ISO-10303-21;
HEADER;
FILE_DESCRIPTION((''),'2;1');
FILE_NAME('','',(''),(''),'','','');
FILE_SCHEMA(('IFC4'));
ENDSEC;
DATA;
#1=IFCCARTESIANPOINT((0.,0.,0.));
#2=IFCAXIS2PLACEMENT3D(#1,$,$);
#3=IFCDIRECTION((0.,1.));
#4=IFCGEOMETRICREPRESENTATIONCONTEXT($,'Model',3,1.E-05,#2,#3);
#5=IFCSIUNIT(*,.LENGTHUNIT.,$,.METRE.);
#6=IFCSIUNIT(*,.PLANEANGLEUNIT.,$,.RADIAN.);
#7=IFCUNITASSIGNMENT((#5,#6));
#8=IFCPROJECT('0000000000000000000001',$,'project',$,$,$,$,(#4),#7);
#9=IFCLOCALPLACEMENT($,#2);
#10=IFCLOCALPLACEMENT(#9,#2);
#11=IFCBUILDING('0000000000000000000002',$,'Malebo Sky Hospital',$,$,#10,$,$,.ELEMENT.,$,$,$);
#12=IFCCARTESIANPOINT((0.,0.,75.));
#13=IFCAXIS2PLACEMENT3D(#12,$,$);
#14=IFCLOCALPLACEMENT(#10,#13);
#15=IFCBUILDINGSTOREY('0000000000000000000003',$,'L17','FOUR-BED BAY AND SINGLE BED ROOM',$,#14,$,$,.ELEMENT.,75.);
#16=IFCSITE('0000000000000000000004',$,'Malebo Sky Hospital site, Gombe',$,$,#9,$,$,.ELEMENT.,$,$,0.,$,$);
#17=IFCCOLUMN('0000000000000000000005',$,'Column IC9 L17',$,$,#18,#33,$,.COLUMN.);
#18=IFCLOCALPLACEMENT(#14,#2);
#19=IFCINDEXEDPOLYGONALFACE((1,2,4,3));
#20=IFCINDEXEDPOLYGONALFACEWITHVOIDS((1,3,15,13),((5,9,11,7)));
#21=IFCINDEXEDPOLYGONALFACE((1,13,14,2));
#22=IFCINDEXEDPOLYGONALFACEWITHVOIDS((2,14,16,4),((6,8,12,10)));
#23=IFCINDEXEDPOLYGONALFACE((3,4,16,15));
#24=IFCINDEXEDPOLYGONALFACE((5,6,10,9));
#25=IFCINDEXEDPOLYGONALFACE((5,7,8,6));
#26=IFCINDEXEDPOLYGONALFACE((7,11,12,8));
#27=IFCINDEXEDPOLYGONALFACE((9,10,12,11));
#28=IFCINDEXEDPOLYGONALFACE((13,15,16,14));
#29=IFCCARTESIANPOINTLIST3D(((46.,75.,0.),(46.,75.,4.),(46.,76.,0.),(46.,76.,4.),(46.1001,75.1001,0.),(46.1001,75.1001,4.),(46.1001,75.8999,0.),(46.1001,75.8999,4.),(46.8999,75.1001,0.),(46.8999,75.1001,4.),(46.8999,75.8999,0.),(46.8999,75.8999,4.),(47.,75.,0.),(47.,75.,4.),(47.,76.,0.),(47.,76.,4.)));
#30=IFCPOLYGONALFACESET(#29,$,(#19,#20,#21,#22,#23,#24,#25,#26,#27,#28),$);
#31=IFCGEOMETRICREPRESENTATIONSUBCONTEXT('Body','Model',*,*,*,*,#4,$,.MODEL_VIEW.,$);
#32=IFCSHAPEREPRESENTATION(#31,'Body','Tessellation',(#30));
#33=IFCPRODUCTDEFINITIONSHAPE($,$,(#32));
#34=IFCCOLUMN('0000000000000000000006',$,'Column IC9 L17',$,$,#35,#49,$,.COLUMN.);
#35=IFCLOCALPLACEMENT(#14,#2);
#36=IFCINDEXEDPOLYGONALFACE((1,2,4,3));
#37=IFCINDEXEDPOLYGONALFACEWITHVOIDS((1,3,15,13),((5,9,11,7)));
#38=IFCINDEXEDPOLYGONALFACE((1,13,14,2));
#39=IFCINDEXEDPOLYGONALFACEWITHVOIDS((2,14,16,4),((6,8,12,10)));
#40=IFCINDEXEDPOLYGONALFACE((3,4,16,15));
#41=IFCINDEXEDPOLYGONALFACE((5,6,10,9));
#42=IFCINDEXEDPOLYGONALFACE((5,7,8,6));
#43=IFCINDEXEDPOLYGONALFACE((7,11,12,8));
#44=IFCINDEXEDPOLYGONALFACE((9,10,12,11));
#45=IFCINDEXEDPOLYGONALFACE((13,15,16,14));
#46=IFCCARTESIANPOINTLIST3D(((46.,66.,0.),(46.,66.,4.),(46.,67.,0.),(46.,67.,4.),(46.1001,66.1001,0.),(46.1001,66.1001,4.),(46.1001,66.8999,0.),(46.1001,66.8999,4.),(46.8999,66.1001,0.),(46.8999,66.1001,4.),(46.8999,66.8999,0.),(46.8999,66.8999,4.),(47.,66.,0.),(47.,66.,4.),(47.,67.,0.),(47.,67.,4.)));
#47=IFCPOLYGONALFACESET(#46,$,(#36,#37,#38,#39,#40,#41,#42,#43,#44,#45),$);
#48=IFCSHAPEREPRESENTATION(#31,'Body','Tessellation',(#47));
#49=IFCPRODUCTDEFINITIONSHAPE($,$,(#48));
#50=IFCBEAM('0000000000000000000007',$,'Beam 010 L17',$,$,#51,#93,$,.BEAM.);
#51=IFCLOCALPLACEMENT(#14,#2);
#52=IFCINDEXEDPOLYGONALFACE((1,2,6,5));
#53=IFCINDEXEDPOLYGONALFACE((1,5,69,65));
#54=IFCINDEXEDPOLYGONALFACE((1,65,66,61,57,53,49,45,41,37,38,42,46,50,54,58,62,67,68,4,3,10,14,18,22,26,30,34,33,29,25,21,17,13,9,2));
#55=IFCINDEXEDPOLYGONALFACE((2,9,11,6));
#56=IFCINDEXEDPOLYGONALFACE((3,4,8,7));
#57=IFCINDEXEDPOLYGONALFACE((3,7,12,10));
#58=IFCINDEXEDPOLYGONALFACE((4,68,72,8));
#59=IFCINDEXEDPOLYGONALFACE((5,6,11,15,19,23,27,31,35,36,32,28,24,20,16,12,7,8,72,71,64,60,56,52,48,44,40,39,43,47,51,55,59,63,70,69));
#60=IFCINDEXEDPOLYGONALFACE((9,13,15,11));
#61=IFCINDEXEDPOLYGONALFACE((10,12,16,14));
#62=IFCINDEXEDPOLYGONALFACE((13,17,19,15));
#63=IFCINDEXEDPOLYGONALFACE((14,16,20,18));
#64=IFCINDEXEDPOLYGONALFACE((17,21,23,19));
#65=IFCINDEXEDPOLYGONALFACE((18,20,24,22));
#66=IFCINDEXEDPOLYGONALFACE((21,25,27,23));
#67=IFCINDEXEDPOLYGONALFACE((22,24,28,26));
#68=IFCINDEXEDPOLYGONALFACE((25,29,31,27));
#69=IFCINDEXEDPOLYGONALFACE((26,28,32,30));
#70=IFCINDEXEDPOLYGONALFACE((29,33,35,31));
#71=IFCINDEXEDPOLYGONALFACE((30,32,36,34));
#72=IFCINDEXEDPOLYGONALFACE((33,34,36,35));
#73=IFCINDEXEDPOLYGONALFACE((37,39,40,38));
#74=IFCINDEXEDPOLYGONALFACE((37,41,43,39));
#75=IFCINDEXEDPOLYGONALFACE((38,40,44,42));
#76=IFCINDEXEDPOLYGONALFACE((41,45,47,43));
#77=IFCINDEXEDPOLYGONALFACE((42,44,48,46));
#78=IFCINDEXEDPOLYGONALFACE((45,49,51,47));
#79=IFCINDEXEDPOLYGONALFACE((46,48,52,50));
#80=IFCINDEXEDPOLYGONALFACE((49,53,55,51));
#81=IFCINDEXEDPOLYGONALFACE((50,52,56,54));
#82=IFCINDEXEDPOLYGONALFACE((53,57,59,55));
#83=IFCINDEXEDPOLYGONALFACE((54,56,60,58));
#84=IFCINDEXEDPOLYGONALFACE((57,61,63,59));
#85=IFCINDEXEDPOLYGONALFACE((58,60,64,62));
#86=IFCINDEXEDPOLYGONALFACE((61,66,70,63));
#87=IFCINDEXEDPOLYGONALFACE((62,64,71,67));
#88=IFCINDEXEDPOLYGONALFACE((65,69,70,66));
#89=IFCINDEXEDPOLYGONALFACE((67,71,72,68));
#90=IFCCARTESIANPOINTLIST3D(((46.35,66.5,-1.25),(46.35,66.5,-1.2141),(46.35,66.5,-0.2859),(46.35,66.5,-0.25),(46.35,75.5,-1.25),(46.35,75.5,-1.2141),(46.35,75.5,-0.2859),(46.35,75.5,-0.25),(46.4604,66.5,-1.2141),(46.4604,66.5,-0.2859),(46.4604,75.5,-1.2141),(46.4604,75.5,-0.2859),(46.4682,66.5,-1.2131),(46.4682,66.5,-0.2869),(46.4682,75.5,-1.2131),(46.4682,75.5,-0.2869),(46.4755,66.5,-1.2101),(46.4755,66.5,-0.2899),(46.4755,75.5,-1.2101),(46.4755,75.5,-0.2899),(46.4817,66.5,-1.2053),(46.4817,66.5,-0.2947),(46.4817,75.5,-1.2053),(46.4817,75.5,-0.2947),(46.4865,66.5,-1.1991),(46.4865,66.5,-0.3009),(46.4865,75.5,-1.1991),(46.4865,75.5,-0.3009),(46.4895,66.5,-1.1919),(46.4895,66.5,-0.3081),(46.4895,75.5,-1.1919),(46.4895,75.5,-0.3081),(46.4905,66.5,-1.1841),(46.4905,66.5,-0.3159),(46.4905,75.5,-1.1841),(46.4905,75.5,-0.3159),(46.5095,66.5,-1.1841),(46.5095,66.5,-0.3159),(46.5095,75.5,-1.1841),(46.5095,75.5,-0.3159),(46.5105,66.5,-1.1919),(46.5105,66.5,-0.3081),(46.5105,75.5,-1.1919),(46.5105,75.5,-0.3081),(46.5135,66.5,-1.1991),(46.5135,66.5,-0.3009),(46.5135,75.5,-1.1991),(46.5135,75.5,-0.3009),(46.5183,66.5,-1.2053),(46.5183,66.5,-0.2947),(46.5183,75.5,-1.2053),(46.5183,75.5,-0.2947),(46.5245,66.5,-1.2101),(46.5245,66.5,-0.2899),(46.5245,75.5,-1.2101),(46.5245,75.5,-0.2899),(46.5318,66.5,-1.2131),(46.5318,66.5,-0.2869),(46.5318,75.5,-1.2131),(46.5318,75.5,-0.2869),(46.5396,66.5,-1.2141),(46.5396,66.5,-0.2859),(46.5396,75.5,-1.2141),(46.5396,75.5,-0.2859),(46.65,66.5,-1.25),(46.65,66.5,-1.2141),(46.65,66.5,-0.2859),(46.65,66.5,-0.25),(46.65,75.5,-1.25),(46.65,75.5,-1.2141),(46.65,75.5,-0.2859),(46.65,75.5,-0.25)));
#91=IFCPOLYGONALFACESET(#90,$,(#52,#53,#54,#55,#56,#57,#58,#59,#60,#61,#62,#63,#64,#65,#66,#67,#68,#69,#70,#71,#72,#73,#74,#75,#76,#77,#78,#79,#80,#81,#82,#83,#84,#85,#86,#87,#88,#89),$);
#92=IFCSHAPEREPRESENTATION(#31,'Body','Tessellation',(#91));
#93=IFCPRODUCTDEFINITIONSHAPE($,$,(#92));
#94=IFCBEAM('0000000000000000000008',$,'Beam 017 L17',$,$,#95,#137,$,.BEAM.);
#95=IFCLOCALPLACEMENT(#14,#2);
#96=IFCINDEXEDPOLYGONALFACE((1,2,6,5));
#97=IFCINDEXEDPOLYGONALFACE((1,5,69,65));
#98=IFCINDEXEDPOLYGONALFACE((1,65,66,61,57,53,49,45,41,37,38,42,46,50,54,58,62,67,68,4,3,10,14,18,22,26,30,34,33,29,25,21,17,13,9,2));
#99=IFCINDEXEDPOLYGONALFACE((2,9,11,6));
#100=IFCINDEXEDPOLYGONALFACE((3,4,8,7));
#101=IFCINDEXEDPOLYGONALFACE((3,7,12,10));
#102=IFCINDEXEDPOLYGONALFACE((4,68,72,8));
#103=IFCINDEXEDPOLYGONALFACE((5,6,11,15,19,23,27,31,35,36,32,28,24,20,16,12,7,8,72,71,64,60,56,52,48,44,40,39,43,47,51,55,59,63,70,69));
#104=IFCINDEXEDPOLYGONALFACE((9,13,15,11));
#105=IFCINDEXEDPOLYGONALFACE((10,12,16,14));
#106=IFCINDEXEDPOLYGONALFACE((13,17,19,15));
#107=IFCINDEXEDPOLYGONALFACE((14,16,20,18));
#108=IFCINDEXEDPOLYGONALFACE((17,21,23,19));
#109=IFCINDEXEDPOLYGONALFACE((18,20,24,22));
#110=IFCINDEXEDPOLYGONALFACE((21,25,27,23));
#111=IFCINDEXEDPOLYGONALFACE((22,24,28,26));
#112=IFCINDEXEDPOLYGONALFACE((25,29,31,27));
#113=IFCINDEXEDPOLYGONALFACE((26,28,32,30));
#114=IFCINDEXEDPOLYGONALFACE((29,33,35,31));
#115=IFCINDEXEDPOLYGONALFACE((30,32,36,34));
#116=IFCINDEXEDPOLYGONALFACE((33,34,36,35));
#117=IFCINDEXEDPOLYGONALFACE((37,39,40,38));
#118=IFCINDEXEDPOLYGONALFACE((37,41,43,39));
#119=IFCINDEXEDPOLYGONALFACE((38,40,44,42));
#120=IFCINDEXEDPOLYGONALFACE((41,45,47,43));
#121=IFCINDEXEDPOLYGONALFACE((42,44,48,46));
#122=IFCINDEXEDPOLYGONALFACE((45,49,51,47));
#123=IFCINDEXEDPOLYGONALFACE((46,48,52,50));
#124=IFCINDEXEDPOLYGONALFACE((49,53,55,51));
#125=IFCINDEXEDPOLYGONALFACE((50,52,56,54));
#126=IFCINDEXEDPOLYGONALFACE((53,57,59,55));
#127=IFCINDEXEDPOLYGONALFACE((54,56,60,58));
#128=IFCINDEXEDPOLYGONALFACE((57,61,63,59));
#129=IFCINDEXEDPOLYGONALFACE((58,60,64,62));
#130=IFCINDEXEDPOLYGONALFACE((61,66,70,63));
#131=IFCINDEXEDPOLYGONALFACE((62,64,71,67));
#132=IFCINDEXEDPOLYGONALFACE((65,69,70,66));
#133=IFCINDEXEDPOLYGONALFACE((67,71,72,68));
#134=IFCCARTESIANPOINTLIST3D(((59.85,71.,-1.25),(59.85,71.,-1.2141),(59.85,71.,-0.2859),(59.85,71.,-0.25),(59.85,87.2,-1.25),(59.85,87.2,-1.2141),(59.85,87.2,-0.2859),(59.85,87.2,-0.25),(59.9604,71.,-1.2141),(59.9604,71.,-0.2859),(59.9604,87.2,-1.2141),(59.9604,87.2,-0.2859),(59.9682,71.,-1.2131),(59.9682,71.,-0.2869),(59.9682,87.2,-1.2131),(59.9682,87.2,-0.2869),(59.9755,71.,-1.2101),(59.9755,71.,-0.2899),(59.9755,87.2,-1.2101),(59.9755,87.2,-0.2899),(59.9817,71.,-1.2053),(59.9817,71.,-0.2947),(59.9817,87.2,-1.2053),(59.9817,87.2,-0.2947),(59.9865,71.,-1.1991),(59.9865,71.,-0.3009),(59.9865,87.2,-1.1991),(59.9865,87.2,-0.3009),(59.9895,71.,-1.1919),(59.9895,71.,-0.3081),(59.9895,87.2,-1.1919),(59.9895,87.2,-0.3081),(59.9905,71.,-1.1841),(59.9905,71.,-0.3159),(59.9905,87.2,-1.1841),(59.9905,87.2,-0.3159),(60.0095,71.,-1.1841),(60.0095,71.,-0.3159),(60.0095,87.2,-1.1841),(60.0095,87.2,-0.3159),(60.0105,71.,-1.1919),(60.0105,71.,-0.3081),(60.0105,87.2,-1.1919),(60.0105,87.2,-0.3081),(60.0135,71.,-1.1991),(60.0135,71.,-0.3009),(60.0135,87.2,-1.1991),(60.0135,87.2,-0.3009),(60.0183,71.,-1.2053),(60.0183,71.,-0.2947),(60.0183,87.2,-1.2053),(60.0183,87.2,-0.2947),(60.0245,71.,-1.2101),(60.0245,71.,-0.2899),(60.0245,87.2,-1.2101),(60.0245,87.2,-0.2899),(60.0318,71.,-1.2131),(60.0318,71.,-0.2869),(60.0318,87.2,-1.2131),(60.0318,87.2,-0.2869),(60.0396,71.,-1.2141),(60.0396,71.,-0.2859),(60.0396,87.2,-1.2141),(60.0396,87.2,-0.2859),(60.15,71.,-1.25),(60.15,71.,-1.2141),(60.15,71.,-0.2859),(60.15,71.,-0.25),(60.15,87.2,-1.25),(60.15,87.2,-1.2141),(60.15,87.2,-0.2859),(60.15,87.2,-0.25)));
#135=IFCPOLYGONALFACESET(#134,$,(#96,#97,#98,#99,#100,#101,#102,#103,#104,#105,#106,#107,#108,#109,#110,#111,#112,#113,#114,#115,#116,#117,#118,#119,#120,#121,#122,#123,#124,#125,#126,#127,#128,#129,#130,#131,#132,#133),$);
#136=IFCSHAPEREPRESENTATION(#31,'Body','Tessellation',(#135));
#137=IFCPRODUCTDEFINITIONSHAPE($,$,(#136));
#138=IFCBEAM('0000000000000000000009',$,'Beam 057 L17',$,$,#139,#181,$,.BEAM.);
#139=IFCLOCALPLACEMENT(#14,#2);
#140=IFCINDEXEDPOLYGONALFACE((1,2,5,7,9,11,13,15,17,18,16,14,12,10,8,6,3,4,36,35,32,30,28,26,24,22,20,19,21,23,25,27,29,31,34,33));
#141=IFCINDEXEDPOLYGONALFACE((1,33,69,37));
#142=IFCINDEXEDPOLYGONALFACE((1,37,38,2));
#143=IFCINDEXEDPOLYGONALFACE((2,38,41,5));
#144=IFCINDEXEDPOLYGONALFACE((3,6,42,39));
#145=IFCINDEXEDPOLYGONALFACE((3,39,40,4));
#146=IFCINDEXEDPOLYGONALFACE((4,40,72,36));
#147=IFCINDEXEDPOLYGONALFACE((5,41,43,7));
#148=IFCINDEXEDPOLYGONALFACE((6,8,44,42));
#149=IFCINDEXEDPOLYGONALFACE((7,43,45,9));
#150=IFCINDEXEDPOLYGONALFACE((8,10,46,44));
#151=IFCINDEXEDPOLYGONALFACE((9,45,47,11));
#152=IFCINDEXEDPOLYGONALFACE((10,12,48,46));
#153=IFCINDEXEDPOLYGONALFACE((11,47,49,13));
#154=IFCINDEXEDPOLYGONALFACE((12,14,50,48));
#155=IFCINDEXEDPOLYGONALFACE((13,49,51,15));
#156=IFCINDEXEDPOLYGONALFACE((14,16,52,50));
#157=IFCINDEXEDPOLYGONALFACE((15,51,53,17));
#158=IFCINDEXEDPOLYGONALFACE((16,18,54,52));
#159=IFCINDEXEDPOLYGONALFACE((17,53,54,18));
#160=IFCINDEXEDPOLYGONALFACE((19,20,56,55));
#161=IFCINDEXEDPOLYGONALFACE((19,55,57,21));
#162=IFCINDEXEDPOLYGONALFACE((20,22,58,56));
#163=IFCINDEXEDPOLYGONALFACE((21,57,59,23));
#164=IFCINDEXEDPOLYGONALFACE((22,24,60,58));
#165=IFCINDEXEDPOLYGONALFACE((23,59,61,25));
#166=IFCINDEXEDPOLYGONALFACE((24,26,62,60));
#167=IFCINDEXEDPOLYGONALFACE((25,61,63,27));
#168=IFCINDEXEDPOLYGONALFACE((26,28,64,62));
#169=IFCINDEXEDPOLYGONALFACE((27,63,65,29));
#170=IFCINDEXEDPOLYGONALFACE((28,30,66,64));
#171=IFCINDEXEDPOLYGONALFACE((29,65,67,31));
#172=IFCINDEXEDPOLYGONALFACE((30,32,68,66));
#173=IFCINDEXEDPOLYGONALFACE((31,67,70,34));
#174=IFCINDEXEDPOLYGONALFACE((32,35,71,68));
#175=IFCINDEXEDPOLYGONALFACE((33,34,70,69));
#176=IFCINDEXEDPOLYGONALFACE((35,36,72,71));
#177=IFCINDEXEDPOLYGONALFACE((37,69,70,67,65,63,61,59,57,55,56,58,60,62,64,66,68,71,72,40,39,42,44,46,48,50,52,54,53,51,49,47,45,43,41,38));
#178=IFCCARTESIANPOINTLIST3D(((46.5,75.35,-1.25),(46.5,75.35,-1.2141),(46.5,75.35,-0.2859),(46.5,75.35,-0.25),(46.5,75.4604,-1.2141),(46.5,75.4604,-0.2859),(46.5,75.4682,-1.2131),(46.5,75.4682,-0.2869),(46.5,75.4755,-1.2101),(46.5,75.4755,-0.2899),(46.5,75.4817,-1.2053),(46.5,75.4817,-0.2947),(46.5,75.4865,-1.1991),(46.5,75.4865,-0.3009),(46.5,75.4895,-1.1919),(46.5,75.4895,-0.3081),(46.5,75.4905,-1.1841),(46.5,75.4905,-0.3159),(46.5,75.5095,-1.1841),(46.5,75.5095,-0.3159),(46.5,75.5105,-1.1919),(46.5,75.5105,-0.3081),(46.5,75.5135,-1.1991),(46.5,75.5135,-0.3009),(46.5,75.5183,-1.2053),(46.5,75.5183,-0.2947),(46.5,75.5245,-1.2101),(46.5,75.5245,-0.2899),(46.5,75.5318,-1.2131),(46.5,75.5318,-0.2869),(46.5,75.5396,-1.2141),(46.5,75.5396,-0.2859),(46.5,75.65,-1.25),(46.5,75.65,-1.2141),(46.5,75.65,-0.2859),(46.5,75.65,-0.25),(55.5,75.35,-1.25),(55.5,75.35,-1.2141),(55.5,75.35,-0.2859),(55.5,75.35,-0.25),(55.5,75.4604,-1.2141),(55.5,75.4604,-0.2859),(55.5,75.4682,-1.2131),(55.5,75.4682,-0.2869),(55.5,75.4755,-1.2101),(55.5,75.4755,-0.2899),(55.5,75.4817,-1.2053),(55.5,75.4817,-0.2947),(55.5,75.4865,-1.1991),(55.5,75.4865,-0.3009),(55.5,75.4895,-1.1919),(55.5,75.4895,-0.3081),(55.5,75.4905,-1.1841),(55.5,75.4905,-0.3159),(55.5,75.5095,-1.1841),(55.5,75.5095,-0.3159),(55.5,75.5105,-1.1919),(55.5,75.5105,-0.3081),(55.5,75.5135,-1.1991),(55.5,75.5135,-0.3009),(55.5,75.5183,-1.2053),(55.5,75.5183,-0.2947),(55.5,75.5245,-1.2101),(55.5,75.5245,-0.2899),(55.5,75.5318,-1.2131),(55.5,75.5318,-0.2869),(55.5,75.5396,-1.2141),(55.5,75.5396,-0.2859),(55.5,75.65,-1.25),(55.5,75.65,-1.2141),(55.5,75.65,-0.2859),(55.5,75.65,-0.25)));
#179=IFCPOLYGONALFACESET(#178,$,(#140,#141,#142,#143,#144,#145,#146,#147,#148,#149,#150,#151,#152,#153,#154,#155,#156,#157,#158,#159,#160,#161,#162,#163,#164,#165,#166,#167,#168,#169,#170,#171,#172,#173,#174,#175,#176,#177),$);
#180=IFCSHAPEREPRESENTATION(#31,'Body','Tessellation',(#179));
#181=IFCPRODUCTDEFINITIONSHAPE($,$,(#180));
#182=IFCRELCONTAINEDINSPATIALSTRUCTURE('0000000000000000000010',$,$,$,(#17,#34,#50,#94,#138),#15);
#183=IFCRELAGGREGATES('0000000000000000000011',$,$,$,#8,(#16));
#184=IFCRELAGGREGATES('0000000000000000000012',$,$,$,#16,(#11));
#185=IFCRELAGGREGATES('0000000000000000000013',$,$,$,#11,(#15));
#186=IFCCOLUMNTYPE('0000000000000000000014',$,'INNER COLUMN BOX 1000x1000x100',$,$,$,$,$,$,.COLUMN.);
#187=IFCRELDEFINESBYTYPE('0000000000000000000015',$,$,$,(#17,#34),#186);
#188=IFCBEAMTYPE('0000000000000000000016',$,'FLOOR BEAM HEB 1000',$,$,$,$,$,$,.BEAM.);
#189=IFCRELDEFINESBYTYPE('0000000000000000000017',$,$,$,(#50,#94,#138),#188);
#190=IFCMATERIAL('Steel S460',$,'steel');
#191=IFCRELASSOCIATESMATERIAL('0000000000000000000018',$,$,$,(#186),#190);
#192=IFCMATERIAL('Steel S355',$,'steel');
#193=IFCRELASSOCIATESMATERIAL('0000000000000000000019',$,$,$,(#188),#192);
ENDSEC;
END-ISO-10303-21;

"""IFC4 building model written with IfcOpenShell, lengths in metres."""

from ifc_helpers import new_model, si_unit, direction, frame, origin, origin_2d, place, context, subcontext, project, spatial, hollow_rectangle, i_section, extrude, material, material_profile, profile_set, type_object, element, save


model = new_model("IFC4")

# Units and contexts
model_context = context("Model", 3, precision=1e-05, world=origin(), true_north=direction((0.0, 1.0)))
body_context = subcontext(model_context, "Body", "Model", "MODEL_VIEW")
ifc_project = project(units=[si_unit("LENGTHUNIT", "METRE"), si_unit("PLANEANGLEUNIT", "RADIAN")], contexts=[model_context])

# Site, building, storey
site_placement = place(None, origin())
site = spatial("IfcSite", under=ifc_project, at=site_placement, Name="Malebo Sky Hospital site, Gombe", CompositionType="ELEMENT", RefElevation=0.0)
building_placement = place(site_placement, origin())
building = spatial("IfcBuilding", under=site, at=building_placement, Name="Malebo Sky Hospital", CompositionType="ELEMENT")
storey_placement = place(building_placement, frame((0.0, 0.0, 75.0)))
storey = spatial("IfcBuildingStorey", under=building, at=storey_placement, Name="L17", Description="FOUR-BED BAY AND SINGLE BED ROOM", CompositionType="ELEMENT", Elevation=75.0)

# Columns
ifc_material_1 = material(Name="Steel S460", Category="steel")
ifc_material_profile_1 = material_profile(ifc_material_1, hollow_rectangle(XDim=1.0, YDim=1.0, WallThickness=0.1001, at=origin_2d()), Name="BOX 1000x1000x100")
ifc_profile_set_1 = profile_set([ifc_material_profile_1], Name="Steel S460")
column_type = type_object("IfcColumnType", Name="INNER COLUMN BOX 1000x1000x100", PredefinedType="COLUMN", material=ifc_profile_set_1)
for number, where, z_axis, x_axis, name in (
    (1, (46.5, 75.5, 0.0), (0.0, 0.0, 1.0), (1.0, 0.0, 0.0), "Column IC9 L17"),
    (2, (46.5, 66.5, 0.0), (0.0, 0.0, 1.0), (1.0, 0.0, 0.0), "Column IC9 L17"),
):
    element("IfcColumn", number, at=place(storey_placement, frame(where, z_axis=z_axis, x_axis=x_axis)), inside=storey, type_object=column_type, Name=name, PredefinedType="COLUMN", context=body_context, shape_type="SweptSolid", body=[
        extrude(hollow_rectangle(XDim=1.0, YDim=1.0, WallThickness=0.1001, at=origin_2d()), origin(), (0.0, 0.0, 1.0), 4.0),
    ])

# Beams
ifc_material_2 = material(Name="Steel S355", Category="steel")
ifc_material_profile_2 = material_profile(ifc_material_2, i_section(OverallWidth=0.3, OverallDepth=1.0, WebThickness=0.019, FlangeThickness=0.0359, FilletRadius=0.03, at=origin_2d()), Name="HEB 1000")
ifc_profile_set_2 = profile_set([ifc_material_profile_2], Name="Steel S355")
beam_type_1 = type_object("IfcBeamType", Name="FLOOR BEAM HEB 1000", PredefinedType="BEAM", material=ifc_profile_set_2)
beam_1_placement = place(storey_placement, frame((46.5, 66.5, -0.75), z_axis=(0.0, 1.0, 0.0), x_axis=(-1.0, 0.0, 0.0)))
element("IfcBeam", 3, at=beam_1_placement, inside=storey, type_object=beam_type_1, Name="Beam 010 L17", PredefinedType="BEAM", context=body_context, shape_type="SweptSolid", body=[
    extrude(i_section(OverallWidth=0.3, OverallDepth=1.0, WebThickness=0.019, FlangeThickness=0.0359, FilletRadius=0.03, at=origin_2d()), origin(), (0.0, 0.0, 1.0), 9.0),
])
beam_2_placement = place(storey_placement, frame((60.0, 71.0, -0.75), z_axis=(0.0, 1.0, 0.0), x_axis=(-1.0, 0.0, 0.0)))
element("IfcBeam", 4, at=beam_2_placement, inside=storey, type_object=beam_type_1, Name="Beam 017 L17", PredefinedType="BEAM", context=body_context, shape_type="SweptSolid", body=[
    extrude(i_section(OverallWidth=0.3, OverallDepth=1.0, WebThickness=0.019, FlangeThickness=0.0359, FilletRadius=0.03, at=origin_2d()), origin(), (0.0, 0.0, 1.0), 16.2),
])
beam_3_placement = place(storey_placement, frame((46.5, 75.5, -0.75), z_axis=(1.0, 0.0, 0.0), x_axis=(0.0, 1.0, 0.0)))
element("IfcBeam", 5, at=beam_3_placement, inside=storey, type_object=beam_type_1, Name="Beam 057 L17", PredefinedType="BEAM", context=body_context, shape_type="SweptSolid", body=[
    extrude(i_section(OverallWidth=0.3, OverallDepth=1.0, WebThickness=0.019, FlangeThickness=0.0359, FilletRadius=0.03, at=origin_2d()), origin(), (0.0, 0.0, 1.0), 9.0),
])

save(model, "model.ifc")
